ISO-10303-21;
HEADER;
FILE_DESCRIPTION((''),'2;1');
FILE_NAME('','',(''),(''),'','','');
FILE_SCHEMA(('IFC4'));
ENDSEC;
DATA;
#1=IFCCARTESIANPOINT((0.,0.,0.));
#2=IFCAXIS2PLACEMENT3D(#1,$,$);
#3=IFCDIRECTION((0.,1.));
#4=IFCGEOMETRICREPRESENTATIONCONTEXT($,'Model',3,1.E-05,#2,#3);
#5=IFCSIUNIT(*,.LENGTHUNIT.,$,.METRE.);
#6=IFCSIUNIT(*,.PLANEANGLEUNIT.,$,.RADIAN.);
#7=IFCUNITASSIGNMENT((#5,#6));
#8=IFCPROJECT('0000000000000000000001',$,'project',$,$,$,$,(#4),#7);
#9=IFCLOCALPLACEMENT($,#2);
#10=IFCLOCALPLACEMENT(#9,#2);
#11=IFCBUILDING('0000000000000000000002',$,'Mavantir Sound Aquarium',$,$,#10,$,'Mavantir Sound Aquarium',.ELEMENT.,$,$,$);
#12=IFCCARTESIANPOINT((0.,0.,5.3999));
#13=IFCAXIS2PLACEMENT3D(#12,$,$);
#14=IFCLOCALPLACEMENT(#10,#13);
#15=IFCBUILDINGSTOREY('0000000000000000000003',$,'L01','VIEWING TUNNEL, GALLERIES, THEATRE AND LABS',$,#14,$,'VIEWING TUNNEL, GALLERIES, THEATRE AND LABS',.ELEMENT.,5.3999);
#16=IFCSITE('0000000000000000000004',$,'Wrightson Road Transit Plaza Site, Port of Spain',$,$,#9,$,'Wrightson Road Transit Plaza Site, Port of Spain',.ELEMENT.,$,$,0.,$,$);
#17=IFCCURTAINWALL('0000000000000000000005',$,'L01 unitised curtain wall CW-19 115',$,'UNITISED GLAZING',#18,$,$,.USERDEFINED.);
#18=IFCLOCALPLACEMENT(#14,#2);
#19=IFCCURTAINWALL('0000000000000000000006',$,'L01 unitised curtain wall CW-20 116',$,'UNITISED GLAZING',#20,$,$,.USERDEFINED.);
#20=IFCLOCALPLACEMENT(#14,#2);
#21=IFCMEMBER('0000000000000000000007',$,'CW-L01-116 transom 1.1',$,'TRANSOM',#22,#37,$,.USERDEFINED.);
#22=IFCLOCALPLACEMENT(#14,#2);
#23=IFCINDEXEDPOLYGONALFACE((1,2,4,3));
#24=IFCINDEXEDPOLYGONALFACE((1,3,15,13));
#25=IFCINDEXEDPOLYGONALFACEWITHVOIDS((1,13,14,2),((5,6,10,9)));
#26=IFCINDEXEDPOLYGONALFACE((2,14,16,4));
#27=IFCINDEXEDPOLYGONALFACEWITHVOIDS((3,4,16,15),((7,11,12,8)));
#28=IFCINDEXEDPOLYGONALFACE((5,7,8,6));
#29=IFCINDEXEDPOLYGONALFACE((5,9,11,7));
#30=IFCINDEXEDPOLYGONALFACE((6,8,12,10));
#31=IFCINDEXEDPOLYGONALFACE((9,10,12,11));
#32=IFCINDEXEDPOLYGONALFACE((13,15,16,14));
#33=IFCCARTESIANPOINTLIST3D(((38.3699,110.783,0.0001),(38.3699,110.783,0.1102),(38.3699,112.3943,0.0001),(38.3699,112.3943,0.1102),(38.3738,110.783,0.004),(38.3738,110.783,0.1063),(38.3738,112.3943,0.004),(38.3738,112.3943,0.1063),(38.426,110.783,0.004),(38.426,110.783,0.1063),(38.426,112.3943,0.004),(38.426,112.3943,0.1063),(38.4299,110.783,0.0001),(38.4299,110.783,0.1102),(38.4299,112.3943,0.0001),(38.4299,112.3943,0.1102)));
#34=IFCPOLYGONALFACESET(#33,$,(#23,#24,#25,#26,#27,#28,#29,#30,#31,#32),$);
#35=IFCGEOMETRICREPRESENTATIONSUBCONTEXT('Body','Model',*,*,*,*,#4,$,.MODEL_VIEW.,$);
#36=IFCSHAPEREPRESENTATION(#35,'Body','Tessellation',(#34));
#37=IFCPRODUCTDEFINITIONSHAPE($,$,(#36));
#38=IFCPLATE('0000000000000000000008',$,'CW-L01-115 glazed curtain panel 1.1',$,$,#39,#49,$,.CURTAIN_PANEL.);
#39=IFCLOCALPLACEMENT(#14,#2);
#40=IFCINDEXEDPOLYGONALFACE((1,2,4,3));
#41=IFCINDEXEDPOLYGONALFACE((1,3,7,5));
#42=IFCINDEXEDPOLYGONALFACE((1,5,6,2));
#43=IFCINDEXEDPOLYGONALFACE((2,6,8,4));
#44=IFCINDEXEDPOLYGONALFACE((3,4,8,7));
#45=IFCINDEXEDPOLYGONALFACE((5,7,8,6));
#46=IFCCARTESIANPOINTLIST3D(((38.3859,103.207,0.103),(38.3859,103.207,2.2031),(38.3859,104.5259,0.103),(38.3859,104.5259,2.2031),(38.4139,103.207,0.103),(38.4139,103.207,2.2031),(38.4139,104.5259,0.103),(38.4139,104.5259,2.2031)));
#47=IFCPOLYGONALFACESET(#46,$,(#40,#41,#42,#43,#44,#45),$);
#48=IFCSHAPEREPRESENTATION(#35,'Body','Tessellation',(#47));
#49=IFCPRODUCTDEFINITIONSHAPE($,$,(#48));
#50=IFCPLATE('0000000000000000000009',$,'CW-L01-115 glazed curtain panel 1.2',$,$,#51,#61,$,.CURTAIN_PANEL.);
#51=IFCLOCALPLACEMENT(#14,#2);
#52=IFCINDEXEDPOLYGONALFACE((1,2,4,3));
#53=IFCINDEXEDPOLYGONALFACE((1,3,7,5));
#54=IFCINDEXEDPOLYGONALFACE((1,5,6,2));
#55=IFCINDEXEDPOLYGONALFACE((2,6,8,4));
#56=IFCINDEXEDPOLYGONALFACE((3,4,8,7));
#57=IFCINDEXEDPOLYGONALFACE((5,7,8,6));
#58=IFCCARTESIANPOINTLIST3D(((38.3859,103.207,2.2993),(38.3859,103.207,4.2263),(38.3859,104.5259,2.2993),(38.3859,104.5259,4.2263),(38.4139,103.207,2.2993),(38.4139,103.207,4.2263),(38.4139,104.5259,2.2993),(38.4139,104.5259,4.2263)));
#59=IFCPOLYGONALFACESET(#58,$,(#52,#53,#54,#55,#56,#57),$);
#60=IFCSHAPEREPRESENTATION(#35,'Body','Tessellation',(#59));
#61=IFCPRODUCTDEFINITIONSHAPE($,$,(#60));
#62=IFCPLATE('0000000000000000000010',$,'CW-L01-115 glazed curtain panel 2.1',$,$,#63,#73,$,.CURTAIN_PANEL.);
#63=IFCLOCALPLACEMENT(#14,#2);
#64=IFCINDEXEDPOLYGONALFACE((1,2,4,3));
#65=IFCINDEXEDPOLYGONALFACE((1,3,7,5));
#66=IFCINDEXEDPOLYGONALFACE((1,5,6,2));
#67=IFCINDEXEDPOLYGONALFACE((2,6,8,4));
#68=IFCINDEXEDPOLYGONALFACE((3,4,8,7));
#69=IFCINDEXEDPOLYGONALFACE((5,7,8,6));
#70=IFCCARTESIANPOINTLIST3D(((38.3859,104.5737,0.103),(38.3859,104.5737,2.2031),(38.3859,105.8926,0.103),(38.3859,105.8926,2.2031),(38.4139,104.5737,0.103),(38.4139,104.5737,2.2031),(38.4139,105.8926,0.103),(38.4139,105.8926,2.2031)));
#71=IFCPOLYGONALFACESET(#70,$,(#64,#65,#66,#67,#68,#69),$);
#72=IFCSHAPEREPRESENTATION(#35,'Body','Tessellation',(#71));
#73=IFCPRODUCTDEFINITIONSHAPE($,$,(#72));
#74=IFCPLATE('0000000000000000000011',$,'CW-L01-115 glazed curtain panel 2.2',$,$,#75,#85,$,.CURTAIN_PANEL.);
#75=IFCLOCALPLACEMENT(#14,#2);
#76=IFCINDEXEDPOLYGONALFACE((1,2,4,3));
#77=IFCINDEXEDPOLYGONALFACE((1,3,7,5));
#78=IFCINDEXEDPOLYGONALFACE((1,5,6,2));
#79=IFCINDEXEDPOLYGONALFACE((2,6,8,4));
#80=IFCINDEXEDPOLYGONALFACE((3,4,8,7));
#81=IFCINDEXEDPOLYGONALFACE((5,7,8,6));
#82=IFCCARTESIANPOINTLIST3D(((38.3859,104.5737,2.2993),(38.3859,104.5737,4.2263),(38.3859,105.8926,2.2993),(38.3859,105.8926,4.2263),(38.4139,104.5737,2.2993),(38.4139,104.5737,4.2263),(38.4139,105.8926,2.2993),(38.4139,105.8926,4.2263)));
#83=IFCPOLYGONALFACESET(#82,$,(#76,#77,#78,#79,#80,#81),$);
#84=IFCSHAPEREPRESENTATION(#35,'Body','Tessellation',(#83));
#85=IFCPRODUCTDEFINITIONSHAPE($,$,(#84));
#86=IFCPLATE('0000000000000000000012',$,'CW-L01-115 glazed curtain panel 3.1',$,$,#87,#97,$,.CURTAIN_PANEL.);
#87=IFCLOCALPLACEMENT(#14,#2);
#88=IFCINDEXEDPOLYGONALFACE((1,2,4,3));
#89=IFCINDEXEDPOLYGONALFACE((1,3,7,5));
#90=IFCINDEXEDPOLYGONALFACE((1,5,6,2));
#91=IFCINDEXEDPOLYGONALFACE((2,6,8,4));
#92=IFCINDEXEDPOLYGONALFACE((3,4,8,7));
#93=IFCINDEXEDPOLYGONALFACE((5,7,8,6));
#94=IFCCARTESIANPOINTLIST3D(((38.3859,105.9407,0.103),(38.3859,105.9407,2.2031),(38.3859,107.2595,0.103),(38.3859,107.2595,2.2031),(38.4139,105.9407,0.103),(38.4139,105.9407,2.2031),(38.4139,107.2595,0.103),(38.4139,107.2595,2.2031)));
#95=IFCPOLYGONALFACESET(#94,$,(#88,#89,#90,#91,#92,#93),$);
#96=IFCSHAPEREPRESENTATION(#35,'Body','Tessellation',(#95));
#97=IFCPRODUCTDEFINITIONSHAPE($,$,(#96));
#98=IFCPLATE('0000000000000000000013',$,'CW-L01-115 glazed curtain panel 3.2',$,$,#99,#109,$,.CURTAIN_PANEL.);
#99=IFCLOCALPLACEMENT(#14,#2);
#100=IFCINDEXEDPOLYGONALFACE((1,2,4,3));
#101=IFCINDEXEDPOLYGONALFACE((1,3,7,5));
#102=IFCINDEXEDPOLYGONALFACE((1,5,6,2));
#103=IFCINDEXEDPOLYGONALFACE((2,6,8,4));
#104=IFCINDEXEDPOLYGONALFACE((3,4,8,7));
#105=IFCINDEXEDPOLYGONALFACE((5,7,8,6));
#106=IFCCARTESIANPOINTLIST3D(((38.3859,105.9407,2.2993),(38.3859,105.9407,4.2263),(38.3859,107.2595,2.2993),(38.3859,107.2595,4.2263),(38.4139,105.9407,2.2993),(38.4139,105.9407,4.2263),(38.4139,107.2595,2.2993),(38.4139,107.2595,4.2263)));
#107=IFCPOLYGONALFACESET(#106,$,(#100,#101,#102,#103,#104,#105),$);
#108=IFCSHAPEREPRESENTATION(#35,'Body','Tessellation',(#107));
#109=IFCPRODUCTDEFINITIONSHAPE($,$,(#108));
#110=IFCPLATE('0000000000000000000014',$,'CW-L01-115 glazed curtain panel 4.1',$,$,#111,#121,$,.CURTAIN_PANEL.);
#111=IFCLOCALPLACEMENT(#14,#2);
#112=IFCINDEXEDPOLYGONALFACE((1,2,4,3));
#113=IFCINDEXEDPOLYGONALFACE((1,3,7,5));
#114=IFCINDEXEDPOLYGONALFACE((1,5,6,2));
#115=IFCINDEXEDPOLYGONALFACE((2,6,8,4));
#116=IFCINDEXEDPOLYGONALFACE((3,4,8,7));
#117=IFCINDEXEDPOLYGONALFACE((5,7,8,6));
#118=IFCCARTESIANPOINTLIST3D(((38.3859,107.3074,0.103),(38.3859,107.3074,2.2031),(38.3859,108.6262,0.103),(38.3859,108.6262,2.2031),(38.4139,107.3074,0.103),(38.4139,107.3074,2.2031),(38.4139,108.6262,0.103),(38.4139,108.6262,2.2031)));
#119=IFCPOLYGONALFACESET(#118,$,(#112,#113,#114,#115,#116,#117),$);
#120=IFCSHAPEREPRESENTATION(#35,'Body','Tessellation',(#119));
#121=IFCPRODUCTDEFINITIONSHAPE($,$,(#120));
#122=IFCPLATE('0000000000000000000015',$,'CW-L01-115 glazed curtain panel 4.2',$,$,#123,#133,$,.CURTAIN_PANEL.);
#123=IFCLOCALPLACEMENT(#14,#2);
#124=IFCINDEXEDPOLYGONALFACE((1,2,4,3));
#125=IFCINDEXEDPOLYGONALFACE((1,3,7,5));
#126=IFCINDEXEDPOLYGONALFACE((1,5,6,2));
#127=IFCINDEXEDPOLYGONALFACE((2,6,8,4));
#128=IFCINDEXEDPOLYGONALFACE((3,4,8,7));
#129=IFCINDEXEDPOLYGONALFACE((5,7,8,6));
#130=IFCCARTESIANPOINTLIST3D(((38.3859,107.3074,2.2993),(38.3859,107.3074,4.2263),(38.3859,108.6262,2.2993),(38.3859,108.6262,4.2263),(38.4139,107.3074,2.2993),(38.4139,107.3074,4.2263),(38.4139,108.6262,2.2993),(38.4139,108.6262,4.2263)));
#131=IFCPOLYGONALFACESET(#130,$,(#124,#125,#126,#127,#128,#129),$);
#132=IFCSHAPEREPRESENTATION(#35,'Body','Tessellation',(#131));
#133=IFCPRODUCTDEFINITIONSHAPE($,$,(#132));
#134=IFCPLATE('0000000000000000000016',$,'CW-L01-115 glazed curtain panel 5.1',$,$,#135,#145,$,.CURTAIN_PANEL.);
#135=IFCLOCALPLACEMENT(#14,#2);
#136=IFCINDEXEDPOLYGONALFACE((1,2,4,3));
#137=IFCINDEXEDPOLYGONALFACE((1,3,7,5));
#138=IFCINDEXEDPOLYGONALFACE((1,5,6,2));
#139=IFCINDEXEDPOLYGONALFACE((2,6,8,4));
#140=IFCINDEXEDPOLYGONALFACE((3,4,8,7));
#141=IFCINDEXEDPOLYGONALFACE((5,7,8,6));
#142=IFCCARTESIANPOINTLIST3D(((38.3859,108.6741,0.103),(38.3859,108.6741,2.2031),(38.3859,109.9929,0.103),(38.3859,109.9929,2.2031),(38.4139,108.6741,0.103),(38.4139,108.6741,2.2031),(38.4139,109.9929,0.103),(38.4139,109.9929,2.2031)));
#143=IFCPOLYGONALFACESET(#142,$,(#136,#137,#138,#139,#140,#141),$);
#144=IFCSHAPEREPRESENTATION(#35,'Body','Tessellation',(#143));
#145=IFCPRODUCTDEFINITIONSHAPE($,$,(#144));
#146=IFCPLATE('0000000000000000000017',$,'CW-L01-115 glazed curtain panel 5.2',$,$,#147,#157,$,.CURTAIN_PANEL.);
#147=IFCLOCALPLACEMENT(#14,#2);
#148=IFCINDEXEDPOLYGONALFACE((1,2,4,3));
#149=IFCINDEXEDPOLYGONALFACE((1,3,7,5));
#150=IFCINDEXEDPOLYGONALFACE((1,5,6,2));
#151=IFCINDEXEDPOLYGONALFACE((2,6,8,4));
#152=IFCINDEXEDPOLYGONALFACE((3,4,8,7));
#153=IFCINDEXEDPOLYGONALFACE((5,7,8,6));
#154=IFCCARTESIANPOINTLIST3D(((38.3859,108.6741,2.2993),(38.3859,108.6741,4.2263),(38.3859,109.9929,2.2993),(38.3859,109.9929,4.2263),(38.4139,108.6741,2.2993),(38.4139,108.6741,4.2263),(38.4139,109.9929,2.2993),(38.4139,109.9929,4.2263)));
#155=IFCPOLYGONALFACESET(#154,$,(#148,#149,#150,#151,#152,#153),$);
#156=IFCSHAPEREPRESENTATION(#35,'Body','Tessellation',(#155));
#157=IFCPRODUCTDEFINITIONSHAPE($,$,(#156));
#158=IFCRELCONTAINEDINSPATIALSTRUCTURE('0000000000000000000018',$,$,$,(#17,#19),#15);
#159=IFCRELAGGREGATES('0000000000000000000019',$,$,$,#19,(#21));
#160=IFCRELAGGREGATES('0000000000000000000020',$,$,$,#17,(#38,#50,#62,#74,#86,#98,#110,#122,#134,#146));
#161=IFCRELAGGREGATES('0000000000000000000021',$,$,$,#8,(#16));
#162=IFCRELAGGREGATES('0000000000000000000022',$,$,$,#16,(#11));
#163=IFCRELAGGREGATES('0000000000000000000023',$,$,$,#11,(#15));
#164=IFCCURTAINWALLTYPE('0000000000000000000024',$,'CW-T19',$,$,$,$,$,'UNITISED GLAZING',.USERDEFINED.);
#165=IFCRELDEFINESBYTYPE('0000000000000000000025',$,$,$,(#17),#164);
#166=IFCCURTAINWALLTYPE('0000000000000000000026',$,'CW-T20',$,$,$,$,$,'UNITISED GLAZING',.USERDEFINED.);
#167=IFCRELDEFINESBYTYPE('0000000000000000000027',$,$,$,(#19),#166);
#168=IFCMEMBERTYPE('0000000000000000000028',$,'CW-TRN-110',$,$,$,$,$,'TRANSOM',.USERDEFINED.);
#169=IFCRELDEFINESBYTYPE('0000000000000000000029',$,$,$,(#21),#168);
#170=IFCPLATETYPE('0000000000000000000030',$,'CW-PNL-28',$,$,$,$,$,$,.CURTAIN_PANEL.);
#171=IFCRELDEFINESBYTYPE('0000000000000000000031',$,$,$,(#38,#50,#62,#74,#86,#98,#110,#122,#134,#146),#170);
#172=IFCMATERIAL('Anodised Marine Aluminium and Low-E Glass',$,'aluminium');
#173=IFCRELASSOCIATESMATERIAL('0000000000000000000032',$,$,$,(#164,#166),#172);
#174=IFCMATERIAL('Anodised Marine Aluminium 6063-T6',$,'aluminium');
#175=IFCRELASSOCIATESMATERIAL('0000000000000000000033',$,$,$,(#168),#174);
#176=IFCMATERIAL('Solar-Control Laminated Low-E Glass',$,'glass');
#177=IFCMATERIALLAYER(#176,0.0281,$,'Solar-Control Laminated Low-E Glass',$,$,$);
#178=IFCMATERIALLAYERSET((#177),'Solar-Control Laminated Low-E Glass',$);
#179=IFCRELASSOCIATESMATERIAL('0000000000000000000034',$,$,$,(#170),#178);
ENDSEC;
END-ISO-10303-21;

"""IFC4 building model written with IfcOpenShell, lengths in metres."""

from ifc_helpers import new_model, si_unit, direction, frame, origin, origin_2d, place, context, subcontext, project, spatial, rectangle, hollow_rectangle, extrude, material, layer, layer_set, material_profile, profile_set, type_object, element, aggregate, save


model = new_model("IFC4")

# Units and contexts
model_context = context("Model", 3, precision=1e-05, world=origin(), true_north=direction((0.0, 1.0)))
body_context = subcontext(model_context, "Body", "Model", "MODEL_VIEW")
ifc_project = project(units=[si_unit("LENGTHUNIT", "METRE"), si_unit("PLANEANGLEUNIT", "RADIAN")], contexts=[model_context])

# Site, building, storey
site_placement = place(None, origin())
site = spatial("IfcSite", under=ifc_project, at=site_placement, Name="Wrightson Road Transit Plaza Site, Port of Spain", LongName="Wrightson Road Transit Plaza Site, Port of Spain", CompositionType="ELEMENT", RefElevation=0.0)
building_placement = place(site_placement, origin())
building = spatial("IfcBuilding", under=site, at=building_placement, Name="Mavantir Sound Aquarium", LongName="Mavantir Sound Aquarium", CompositionType="ELEMENT")
storey_placement = place(building_placement, frame((0.0, 0.0, 5.3999)))
storey = spatial("IfcBuildingStorey", under=building, at=storey_placement, Name="L01", Description="VIEWING TUNNEL, GALLERIES, THEATRE AND LABS", LongName="VIEWING TUNNEL, GALLERIES, THEATRE AND LABS", CompositionType="ELEMENT", Elevation=5.3999)

# Curtain wall
ifc_material_1 = material(Name="Anodised Marine Aluminium and Low-E Glass", Category="aluminium")
curtain_wall_type_1 = type_object("IfcCurtainWallType", Name="CW-T19", ElementType="UNITISED GLAZING", PredefinedType="USERDEFINED", material=ifc_material_1)
curtain_wall_1_placement = place(storey_placement, origin())
curtain_wall_1 = element("IfcCurtainWall", 1, at=curtain_wall_1_placement, inside=storey, type_object=curtain_wall_type_1, Name="L01 unitised curtain wall CW-19 115", ObjectType="UNITISED GLAZING", PredefinedType="USERDEFINED")
ifc_material_2 = material(Name="Anodised Marine Aluminium 6063-T6", Category="aluminium")

# Curtain wall
curtain_wall_type_2 = type_object("IfcCurtainWallType", Name="CW-T20", ElementType="UNITISED GLAZING", PredefinedType="USERDEFINED", material=ifc_material_1)
curtain_wall_2_placement = place(storey_placement, origin())
curtain_wall_2 = element("IfcCurtainWall", 2, at=curtain_wall_2_placement, inside=storey, type_object=curtain_wall_type_2, Name="L01 unitised curtain wall CW-20 116", ObjectType="UNITISED GLAZING", PredefinedType="USERDEFINED")

# Member
ifc_material_profile_1 = material_profile(ifc_material_2, hollow_rectangle(XDim=0.0601, YDim=0.1101, WallThickness=0.0039, at=origin_2d()), Name="ALU-TRANSOM-110X60")
ifc_profile_set_1 = profile_set([ifc_material_profile_1], Name="Anodised Marine Aluminium 6063-T6")
member_type_1 = type_object("IfcMemberType", Name="CW-TRN-110", ElementType="TRANSOM", PredefinedType="USERDEFINED", material=ifc_profile_set_1)
member_1_placement = place(storey_placement, frame((38.3999, 110.783, 0.0552), z_axis=(0.0, 1.0, 0.0), x_axis=(-1.0, 0.0, 0.0)))
member_1 = element("IfcMember", 3, at=member_1_placement, type_object=member_type_1, Name="CW-L01-116 transom 1.1", ObjectType="TRANSOM", PredefinedType="USERDEFINED", context=body_context, shape_type="SweptSolid", body=[
    extrude(hollow_rectangle(XDim=0.0601, YDim=0.1101, WallThickness=0.0039, at=origin_2d()), origin(), (0.0, 0.0, 1.0), 1.6113),
])
aggregate(curtain_wall_2, [member_1])

# Plates
ifc_material_3 = material(Name="Solar-Control Laminated Low-E Glass", Category="glass")
ifc_layer = layer(ifc_material_3, 0.0281, Name="Solar-Control Laminated Low-E Glass")
ifc_layer_set = layer_set([ifc_layer], Name="Solar-Control Laminated Low-E Glass")
plate_type = type_object("IfcPlateType", Name="CW-PNL-28", PredefinedType="CURTAIN_PANEL", material=ifc_layer_set)
plate_1_placement = place(storey_placement, frame((38.3999, 103.8665, 0.103), z_axis=(0.0, 0.0, 1.0), x_axis=(0.0, 1.0, 0.0)))
plate_1 = element("IfcPlate", 4, at=plate_1_placement, type_object=plate_type, Name="CW-L01-115 glazed curtain panel 1.1", PredefinedType="CURTAIN_PANEL", context=body_context, shape_type="SweptSolid", body=[
    extrude(rectangle(XDim=1.3188, YDim=0.0281, at=origin_2d()), origin(), (0.0, 0.0, 1.0), 2.1001),
])
plate_2_placement = place(storey_placement, frame((38.3999, 103.8665, 2.2993), z_axis=(0.0, 0.0, 1.0), x_axis=(0.0, 1.0, 0.0)))
plate_2 = element("IfcPlate", 5, at=plate_2_placement, type_object=plate_type, Name="CW-L01-115 glazed curtain panel 1.2", PredefinedType="CURTAIN_PANEL", context=body_context, shape_type="SweptSolid", body=[
    extrude(rectangle(XDim=1.3188, YDim=0.0281, at=origin_2d()), origin(), (0.0, 0.0, 1.0), 1.927),
])
plate_3_placement = place(storey_placement, frame((38.3999, 105.2332, 0.103), z_axis=(0.0, 0.0, 1.0), x_axis=(0.0, 1.0, 0.0)))
plate_3 = element("IfcPlate", 6, at=plate_3_placement, type_object=plate_type, Name="CW-L01-115 glazed curtain panel 2.1", PredefinedType="CURTAIN_PANEL", context=body_context, shape_type="SweptSolid", body=[
    extrude(rectangle(XDim=1.3188, YDim=0.0281, at=origin_2d()), origin(), (0.0, 0.0, 1.0), 2.1001),
])
plate_4_placement = place(storey_placement, frame((38.3999, 105.2332, 2.2993), z_axis=(0.0, 0.0, 1.0), x_axis=(0.0, 1.0, 0.0)))
plate_4 = element("IfcPlate", 7, at=plate_4_placement, type_object=plate_type, Name="CW-L01-115 glazed curtain panel 2.2", PredefinedType="CURTAIN_PANEL", context=body_context, shape_type="SweptSolid", body=[
    extrude(rectangle(XDim=1.3188, YDim=0.0281, at=origin_2d()), origin(), (0.0, 0.0, 1.0), 1.927),
])
plate_5_placement = place(storey_placement, frame((38.3999, 106.6001, 0.103), z_axis=(0.0, 0.0, 1.0), x_axis=(0.0, 1.0, 0.0)))
plate_5 = element("IfcPlate", 8, at=plate_5_placement, type_object=plate_type, Name="CW-L01-115 glazed curtain panel 3.1", PredefinedType="CURTAIN_PANEL", context=body_context, shape_type="SweptSolid", body=[
    extrude(rectangle(XDim=1.3188, YDim=0.0281, at=origin_2d()), origin(), (0.0, 0.0, 1.0), 2.1001),
])
plate_6_placement = place(storey_placement, frame((38.3999, 106.6001, 2.2993), z_axis=(0.0, 0.0, 1.0), x_axis=(0.0, 1.0, 0.0)))
plate_6 = element("IfcPlate", 9, at=plate_6_placement, type_object=plate_type, Name="CW-L01-115 glazed curtain panel 3.2", PredefinedType="CURTAIN_PANEL", context=body_context, shape_type="SweptSolid", body=[
    extrude(rectangle(XDim=1.3188, YDim=0.0281, at=origin_2d()), origin(), (0.0, 0.0, 1.0), 1.927),
])
plate_7_placement = place(storey_placement, frame((38.3999, 107.9668, 0.103), z_axis=(0.0, 0.0, 1.0), x_axis=(0.0, 1.0, 0.0)))
plate_7 = element("IfcPlate", 10, at=plate_7_placement, type_object=plate_type, Name="CW-L01-115 glazed curtain panel 4.1", PredefinedType="CURTAIN_PANEL", context=body_context, shape_type="SweptSolid", body=[
    extrude(rectangle(XDim=1.3188, YDim=0.0281, at=origin_2d()), origin(), (0.0, 0.0, 1.0), 2.1001),
])
plate_8_placement = place(storey_placement, frame((38.3999, 107.9668, 2.2993), z_axis=(0.0, 0.0, 1.0), x_axis=(0.0, 1.0, 0.0)))
plate_8 = element("IfcPlate", 11, at=plate_8_placement, type_object=plate_type, Name="CW-L01-115 glazed curtain panel 4.2", PredefinedType="CURTAIN_PANEL", context=body_context, shape_type="SweptSolid", body=[
    extrude(rectangle(XDim=1.3188, YDim=0.0281, at=origin_2d()), origin(), (0.0, 0.0, 1.0), 1.927),
])
plate_9_placement = place(storey_placement, frame((38.3999, 109.3335, 0.103), z_axis=(0.0, 0.0, 1.0), x_axis=(0.0, 1.0, 0.0)))
plate_9 = element("IfcPlate", 12, at=plate_9_placement, type_object=plate_type, Name="CW-L01-115 glazed curtain panel 5.1", PredefinedType="CURTAIN_PANEL", context=body_context, shape_type="SweptSolid", body=[
    extrude(rectangle(XDim=1.3188, YDim=0.0281, at=origin_2d()), origin(), (0.0, 0.0, 1.0), 2.1001),
])
plate_10_placement = place(storey_placement, frame((38.3999, 109.3335, 2.2993), z_axis=(0.0, 0.0, 1.0), x_axis=(0.0, 1.0, 0.0)))
plate_10 = element("IfcPlate", 13, at=plate_10_placement, type_object=plate_type, Name="CW-L01-115 glazed curtain panel 5.2", PredefinedType="CURTAIN_PANEL", context=body_context, shape_type="SweptSolid", body=[
    extrude(rectangle(XDim=1.3188, YDim=0.0281, at=origin_2d()), origin(), (0.0, 0.0, 1.0), 1.927),
])
aggregate(curtain_wall_1, [plate_1, plate_2, plate_3, plate_4, plate_5, plate_6, plate_7, plate_8, plate_9, plate_10])

save(model, "model.ifc")
